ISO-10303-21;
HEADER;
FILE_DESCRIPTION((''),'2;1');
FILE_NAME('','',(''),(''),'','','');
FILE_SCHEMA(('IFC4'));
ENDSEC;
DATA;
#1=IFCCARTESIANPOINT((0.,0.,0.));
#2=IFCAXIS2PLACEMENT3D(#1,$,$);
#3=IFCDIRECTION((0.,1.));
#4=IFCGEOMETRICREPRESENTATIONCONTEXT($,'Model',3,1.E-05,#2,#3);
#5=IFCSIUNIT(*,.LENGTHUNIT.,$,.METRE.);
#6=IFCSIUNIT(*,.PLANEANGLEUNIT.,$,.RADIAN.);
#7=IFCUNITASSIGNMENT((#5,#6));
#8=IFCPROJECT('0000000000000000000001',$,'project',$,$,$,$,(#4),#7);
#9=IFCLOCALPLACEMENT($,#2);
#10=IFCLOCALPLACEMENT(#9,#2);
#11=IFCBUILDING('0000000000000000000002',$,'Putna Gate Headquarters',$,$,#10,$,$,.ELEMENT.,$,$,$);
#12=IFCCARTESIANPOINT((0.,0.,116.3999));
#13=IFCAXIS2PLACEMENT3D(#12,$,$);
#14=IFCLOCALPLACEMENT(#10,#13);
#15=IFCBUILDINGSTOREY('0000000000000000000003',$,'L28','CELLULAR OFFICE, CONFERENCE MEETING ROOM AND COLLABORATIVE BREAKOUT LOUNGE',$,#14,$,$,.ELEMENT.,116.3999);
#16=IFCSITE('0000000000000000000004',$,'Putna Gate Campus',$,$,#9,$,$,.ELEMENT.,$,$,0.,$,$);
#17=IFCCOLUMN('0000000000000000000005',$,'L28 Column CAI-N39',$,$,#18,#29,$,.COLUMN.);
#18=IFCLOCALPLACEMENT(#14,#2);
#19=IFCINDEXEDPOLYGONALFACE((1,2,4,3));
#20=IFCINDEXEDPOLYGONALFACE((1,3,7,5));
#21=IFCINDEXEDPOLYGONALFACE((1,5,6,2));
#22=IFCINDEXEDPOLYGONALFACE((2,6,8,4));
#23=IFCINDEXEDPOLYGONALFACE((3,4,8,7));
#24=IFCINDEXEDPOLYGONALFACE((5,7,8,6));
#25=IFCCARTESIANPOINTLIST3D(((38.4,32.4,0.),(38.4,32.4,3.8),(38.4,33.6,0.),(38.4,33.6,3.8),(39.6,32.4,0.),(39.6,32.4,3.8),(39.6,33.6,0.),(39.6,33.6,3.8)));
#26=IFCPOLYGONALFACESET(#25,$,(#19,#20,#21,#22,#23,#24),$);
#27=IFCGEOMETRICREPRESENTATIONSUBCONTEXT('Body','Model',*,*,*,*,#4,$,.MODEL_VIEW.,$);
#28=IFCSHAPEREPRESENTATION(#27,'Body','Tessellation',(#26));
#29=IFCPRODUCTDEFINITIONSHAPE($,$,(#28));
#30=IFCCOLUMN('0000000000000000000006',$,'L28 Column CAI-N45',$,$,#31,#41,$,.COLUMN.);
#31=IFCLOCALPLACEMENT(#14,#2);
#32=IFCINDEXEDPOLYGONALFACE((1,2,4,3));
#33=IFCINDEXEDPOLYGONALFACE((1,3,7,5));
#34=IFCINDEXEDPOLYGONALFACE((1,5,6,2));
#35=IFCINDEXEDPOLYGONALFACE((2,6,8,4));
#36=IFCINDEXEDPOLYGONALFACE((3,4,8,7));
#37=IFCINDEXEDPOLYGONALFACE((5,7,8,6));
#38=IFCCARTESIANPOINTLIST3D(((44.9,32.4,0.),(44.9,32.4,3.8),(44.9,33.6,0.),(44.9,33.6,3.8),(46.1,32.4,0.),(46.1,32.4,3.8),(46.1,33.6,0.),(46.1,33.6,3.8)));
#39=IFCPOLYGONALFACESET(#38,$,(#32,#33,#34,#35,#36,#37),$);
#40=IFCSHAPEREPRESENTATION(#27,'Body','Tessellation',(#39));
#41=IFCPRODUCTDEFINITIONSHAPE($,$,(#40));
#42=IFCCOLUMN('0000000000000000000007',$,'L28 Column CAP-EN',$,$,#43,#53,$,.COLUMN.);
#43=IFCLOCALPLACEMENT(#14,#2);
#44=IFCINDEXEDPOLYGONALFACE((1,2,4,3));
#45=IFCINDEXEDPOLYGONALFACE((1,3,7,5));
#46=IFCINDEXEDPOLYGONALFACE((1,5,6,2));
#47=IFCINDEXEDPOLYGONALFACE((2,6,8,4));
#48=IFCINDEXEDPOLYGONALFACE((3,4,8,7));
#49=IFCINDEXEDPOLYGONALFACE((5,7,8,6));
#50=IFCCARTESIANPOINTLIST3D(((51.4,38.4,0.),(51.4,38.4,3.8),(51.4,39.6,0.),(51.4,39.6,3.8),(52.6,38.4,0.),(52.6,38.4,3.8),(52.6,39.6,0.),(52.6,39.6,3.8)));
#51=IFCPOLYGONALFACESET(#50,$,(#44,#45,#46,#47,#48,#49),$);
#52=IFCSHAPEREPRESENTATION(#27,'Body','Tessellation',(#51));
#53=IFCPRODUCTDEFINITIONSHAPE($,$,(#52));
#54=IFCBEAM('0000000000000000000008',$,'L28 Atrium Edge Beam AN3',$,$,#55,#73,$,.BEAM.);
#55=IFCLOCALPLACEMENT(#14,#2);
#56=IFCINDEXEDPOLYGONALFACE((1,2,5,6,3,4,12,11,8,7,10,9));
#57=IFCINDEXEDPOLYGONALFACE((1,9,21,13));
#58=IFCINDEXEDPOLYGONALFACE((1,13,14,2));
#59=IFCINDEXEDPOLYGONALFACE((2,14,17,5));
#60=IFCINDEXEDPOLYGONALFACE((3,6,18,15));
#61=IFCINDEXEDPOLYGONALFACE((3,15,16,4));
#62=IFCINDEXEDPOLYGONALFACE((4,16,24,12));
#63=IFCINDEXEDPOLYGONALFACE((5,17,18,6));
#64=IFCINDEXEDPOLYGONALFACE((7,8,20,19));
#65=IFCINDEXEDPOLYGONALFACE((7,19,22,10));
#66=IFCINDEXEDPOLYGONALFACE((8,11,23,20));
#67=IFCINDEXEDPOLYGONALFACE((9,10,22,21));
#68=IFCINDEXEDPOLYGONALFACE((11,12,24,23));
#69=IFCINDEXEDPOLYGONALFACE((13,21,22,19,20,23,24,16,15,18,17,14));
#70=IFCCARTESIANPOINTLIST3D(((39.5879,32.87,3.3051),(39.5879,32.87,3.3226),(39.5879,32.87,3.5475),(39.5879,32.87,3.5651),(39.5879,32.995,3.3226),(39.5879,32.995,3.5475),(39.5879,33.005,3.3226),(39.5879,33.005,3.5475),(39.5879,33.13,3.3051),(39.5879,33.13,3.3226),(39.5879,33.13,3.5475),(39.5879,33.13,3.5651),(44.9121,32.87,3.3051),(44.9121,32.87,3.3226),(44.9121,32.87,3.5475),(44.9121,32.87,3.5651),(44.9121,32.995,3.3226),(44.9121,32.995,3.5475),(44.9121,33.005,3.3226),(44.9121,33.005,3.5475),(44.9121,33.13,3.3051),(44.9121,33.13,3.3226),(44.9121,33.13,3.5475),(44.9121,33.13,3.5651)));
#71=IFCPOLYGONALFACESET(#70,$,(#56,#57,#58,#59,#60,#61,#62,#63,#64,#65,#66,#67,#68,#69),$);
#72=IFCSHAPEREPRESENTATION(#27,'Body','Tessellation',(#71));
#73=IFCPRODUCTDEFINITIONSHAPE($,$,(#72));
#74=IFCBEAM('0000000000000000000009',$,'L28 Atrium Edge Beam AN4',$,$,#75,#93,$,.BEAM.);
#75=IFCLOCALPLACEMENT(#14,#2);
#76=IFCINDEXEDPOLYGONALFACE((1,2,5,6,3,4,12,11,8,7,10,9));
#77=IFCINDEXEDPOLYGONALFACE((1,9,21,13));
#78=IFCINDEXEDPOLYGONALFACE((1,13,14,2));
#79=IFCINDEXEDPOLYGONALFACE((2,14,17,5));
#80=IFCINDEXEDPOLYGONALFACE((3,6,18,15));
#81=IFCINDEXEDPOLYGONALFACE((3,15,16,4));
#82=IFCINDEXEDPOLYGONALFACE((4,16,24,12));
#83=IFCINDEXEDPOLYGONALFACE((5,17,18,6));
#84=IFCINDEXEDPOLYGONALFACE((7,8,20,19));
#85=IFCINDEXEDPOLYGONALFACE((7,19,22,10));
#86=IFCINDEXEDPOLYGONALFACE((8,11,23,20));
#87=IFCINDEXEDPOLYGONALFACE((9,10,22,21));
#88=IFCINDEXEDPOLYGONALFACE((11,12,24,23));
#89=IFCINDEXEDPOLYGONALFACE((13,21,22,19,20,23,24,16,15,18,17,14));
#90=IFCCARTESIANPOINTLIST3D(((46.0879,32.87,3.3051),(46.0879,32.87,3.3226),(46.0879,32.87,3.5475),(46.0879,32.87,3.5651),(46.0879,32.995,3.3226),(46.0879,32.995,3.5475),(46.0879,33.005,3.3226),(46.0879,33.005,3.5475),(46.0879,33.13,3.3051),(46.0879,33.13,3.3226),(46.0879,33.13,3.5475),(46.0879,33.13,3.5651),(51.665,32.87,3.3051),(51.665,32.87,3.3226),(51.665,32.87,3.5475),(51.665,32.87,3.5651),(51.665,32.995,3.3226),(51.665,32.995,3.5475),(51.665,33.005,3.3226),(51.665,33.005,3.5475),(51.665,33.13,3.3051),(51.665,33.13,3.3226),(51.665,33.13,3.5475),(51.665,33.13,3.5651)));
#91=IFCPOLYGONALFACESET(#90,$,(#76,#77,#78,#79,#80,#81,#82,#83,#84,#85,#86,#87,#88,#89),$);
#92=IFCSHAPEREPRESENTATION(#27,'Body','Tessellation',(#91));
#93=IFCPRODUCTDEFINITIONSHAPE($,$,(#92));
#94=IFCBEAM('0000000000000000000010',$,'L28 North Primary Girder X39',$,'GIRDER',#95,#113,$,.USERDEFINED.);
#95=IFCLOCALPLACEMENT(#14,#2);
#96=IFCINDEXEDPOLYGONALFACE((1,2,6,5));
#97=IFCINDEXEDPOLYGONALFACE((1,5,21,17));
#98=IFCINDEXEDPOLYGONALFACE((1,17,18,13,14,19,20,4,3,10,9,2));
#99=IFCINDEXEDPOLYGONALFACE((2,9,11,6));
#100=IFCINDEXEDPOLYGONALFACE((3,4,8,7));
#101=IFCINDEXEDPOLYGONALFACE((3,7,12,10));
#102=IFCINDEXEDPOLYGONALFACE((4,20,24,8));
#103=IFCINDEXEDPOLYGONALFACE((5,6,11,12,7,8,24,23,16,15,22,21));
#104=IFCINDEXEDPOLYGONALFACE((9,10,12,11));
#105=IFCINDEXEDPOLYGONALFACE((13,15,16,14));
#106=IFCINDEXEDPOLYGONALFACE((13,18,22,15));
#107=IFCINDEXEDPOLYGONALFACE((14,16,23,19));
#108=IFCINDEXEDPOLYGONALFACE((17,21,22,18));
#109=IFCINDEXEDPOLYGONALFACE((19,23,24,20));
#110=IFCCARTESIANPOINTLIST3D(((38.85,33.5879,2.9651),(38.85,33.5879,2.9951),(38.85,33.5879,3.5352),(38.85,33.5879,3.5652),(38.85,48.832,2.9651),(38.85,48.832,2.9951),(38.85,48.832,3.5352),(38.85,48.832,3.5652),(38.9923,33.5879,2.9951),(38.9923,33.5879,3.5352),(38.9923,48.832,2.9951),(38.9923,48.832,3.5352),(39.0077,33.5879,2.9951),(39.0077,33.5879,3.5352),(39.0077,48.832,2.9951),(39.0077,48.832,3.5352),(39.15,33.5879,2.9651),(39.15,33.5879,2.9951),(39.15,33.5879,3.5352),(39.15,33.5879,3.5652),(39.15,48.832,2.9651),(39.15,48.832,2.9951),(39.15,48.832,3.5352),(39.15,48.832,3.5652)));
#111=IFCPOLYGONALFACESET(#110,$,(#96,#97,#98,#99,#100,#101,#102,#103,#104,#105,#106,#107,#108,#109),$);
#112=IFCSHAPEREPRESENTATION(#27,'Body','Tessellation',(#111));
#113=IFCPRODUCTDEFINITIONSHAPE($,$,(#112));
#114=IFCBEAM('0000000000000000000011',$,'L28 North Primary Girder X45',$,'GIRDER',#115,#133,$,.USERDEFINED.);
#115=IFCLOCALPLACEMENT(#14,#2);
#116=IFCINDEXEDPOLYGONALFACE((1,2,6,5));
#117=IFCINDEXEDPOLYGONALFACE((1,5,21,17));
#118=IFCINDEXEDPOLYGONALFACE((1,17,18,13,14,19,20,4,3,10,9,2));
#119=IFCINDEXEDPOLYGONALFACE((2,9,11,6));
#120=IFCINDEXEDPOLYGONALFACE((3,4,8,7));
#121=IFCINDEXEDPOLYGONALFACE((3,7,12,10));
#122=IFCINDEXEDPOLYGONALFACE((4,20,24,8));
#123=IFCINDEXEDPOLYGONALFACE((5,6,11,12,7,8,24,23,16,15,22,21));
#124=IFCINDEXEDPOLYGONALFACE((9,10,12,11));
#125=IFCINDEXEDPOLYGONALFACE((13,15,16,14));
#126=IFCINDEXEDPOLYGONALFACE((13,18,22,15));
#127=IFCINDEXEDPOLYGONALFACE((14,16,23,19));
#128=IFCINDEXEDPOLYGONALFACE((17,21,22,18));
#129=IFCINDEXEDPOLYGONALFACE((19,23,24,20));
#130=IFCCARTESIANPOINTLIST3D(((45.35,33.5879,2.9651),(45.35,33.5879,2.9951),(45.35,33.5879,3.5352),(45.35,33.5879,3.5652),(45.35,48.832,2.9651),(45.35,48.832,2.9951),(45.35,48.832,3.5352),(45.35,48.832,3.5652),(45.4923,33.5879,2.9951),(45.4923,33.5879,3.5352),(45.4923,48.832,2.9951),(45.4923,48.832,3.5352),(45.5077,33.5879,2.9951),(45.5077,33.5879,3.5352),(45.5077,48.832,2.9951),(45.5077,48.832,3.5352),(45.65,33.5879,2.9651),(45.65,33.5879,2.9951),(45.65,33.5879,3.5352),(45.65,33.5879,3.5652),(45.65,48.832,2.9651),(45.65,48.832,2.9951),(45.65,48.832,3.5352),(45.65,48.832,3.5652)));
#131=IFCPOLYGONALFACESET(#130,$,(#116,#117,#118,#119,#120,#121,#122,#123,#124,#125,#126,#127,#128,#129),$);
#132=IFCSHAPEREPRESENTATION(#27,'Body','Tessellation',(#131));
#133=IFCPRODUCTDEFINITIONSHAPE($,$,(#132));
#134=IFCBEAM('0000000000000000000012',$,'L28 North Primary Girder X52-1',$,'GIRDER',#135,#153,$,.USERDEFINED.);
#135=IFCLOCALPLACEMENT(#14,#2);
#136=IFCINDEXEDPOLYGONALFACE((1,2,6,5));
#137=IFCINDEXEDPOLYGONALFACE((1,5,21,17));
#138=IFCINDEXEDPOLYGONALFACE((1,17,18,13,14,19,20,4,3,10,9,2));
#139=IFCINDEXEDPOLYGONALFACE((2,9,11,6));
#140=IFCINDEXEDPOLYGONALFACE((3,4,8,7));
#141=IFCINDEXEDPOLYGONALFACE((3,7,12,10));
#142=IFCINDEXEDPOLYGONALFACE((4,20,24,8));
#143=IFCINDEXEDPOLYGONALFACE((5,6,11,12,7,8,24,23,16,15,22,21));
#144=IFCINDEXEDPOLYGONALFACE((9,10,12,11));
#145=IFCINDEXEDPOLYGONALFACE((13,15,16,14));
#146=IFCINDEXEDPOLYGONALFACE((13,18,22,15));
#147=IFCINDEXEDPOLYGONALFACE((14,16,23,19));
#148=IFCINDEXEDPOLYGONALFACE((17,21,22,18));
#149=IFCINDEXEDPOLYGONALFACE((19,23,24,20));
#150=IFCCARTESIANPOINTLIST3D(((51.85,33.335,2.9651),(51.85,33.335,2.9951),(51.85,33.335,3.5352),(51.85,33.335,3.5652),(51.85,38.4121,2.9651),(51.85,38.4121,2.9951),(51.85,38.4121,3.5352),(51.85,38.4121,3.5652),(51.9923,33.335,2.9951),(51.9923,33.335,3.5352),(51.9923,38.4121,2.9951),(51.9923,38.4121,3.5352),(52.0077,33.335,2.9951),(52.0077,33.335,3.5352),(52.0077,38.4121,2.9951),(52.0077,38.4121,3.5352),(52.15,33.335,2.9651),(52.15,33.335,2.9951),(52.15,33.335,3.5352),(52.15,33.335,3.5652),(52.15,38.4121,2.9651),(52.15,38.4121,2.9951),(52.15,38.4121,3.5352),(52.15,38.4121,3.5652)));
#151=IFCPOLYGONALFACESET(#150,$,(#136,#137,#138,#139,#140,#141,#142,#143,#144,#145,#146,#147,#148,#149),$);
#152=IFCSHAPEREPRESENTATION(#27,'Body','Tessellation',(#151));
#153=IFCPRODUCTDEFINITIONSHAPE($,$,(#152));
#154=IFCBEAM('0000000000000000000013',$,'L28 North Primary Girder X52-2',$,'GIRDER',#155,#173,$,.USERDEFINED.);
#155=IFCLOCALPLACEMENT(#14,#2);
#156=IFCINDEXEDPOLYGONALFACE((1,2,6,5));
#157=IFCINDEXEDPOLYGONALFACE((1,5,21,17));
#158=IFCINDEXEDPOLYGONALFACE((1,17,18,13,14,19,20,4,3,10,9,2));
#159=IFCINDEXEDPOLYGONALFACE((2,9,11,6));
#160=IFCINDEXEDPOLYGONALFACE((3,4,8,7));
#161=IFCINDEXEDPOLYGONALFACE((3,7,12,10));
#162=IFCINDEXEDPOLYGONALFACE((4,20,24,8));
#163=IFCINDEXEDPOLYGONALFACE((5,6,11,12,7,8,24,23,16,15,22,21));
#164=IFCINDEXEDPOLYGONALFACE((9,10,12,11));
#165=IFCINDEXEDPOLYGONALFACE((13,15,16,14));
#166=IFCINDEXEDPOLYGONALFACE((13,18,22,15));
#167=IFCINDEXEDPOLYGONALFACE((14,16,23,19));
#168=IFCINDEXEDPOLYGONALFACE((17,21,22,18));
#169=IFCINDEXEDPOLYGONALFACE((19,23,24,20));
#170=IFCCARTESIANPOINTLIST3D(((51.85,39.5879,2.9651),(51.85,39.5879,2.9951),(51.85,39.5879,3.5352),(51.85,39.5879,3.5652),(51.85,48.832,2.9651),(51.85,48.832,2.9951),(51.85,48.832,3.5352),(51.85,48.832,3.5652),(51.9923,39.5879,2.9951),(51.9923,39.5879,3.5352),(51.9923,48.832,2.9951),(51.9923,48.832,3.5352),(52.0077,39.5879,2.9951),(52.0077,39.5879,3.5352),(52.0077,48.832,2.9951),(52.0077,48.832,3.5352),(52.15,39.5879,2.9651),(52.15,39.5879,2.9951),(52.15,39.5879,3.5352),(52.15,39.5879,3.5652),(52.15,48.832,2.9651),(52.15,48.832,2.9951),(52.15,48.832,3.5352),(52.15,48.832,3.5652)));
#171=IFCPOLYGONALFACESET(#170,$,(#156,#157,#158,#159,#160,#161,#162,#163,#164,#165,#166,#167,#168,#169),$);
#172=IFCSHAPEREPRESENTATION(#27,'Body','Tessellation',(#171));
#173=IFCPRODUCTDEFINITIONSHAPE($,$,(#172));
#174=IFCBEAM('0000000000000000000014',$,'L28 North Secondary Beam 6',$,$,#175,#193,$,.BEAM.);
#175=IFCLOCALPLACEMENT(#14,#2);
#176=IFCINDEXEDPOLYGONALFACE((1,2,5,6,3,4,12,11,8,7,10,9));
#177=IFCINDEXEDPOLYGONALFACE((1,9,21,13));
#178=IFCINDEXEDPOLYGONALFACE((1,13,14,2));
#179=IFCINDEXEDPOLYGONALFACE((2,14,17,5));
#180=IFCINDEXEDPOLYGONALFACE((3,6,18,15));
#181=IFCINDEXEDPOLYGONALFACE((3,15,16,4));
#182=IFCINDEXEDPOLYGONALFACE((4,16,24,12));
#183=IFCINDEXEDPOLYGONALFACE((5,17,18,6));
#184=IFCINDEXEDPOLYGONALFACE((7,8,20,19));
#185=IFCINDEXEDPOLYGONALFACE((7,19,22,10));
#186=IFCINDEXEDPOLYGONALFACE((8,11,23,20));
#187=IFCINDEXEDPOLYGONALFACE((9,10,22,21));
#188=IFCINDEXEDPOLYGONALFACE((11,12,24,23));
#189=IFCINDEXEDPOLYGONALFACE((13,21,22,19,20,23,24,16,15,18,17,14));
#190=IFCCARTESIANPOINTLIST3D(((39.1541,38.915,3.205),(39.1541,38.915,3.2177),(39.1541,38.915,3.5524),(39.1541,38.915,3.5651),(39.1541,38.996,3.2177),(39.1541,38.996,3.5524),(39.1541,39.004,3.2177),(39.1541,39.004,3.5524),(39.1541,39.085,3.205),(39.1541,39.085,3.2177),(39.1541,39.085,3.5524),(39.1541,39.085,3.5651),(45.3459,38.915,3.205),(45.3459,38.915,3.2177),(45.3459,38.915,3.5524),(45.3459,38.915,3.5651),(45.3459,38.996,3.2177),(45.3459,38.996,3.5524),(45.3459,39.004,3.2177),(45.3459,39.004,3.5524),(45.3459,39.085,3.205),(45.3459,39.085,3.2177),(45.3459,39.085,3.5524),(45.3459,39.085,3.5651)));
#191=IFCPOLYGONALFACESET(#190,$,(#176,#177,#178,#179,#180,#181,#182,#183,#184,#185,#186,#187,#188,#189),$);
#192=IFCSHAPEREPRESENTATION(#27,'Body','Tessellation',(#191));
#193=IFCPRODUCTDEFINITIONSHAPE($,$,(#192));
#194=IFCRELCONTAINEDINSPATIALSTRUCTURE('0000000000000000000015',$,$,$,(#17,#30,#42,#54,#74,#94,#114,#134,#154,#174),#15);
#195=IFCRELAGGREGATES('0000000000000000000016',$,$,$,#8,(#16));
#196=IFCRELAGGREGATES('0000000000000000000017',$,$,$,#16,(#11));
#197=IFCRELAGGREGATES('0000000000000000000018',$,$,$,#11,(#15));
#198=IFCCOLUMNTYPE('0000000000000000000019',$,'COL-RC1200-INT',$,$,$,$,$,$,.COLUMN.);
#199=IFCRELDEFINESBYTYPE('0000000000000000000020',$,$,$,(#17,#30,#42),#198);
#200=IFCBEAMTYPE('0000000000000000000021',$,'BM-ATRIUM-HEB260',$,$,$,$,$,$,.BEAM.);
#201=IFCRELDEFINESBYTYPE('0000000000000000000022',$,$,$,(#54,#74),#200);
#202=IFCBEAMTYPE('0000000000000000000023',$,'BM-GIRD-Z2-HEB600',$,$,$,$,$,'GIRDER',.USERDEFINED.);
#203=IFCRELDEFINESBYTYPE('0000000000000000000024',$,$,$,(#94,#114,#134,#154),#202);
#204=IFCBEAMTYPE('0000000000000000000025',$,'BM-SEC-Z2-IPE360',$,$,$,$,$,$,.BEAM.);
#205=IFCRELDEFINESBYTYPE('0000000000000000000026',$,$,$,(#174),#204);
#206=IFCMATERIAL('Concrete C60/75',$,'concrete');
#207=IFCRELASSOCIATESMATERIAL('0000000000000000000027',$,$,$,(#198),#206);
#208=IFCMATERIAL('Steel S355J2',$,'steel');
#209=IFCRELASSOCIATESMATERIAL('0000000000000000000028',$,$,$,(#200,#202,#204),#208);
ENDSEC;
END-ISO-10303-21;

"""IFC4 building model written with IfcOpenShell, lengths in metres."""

from ifc_helpers import new_model, si_unit, direction, frame, origin, origin_2d, place, context, subcontext, project, spatial, rectangle, i_section, extrude, material, material_profile, profile_set, type_object, element, save


model = new_model("IFC4")

# Units and contexts
model_context = context("Model", 3, precision=1e-05, world=origin(), true_north=direction((0.0, 1.0)))
body_context = subcontext(model_context, "Body", "Model", "MODEL_VIEW")
ifc_project = project(units=[si_unit("LENGTHUNIT", "METRE"), si_unit("PLANEANGLEUNIT", "RADIAN")], contexts=[model_context])

# Site, building, storey
site_placement = place(None, origin())
site = spatial("IfcSite", under=ifc_project, at=site_placement, Name="Putna Gate Campus", CompositionType="ELEMENT", RefElevation=0.0)
building_placement = place(site_placement, origin())
building = spatial("IfcBuilding", under=site, at=building_placement, Name="Putna Gate Headquarters", CompositionType="ELEMENT")
storey_placement = place(building_placement, frame((0.0, 0.0, 116.3999)))
storey = spatial("IfcBuildingStorey", under=building, at=storey_placement, Name="L28", Description="CELLULAR OFFICE, CONFERENCE MEETING ROOM AND COLLABORATIVE BREAKOUT LOUNGE", CompositionType="ELEMENT", Elevation=116.3999)

# Columns
ifc_material_1 = material(Name="Concrete C60/75", Category="concrete")
ifc_material_profile_1 = material_profile(ifc_material_1, rectangle(XDim=1.2, YDim=1.2, at=origin_2d()), Name="Concrete C60/75")
ifc_profile_set_1 = profile_set([ifc_material_profile_1], Name="Concrete C60/75")
column_type = type_object("IfcColumnType", Name="COL-RC1200-INT", PredefinedType="COLUMN", material=ifc_profile_set_1)
for number, where, z_axis, x_axis, name in (
    (1, (39.0, 33.0, 0.0), (0.0, 0.0, 1.0), (1.0, 0.0, 0.0), "L28 Column CAI-N39"),
    (2, (45.5, 33.0, 0.0), (0.0, 0.0, 1.0), (1.0, 0.0, 0.0), "L28 Column CAI-N45"),
    (3, (52.0, 39.0, 0.0), (0.0, 0.0, 1.0), (1.0, 0.0, 0.0), "L28 Column CAP-EN"),
):
    element("IfcColumn", number, at=place(storey_placement, frame(where, z_axis=z_axis, x_axis=x_axis)), inside=storey, type_object=column_type, Name=name, PredefinedType="COLUMN", context=body_context, shape_type="SweptSolid", body=[
        extrude(rectangle(XDim=1.2, YDim=1.2, at=origin_2d()), origin(), (0.0, 0.0, 1.0), 3.8),
    ])

# Beams
ifc_material_2 = material(Name="Steel S355J2", Category="steel")
ifc_material_profile_2 = material_profile(ifc_material_2, i_section(OverallWidth=0.26, OverallDepth=0.26, WebThickness=0.01, FlangeThickness=0.0176, at=origin_2d()), Name="Steel S355J2")
ifc_profile_set_2 = profile_set([ifc_material_profile_2], Name="Steel S355J2")
beam_type_1 = type_object("IfcBeamType", Name="BM-ATRIUM-HEB260", PredefinedType="BEAM", material=ifc_profile_set_2)
beam_1_placement = place(storey_placement, frame((39.5879, 33.0, 3.4351), z_axis=(1.0, 0.0, 0.0), x_axis=(0.0, 1.0, 0.0)))
element("IfcBeam", 4, at=beam_1_placement, inside=storey, type_object=beam_type_1, Name="L28 Atrium Edge Beam AN3", PredefinedType="BEAM", context=body_context, shape_type="SweptSolid", body=[
    extrude(i_section(OverallWidth=0.26, OverallDepth=0.26, WebThickness=0.01, FlangeThickness=0.0176, at=origin_2d()), origin(), (0.0, 0.0, 1.0), 5.3242),
])
beam_2_placement = place(storey_placement, frame((46.0879, 33.0, 3.4351), z_axis=(1.0, 0.0, 0.0), x_axis=(0.0, 1.0, 0.0)))
element("IfcBeam", 5, at=beam_2_placement, inside=storey, type_object=beam_type_1, Name="L28 Atrium Edge Beam AN4", PredefinedType="BEAM", context=body_context, shape_type="SweptSolid", body=[
    extrude(i_section(OverallWidth=0.26, OverallDepth=0.26, WebThickness=0.01, FlangeThickness=0.0176, at=origin_2d()), origin(), (0.0, 0.0, 1.0), 5.5771),
])
ifc_material_profile_3 = material_profile(ifc_material_2, i_section(OverallWidth=0.3, OverallDepth=0.6001, WebThickness=0.0154, FlangeThickness=0.03, at=origin_2d()), Name="Steel S355J2")
ifc_profile_set_3 = profile_set([ifc_material_profile_3], Name="Steel S355J2")
beam_type_2 = type_object("IfcBeamType", Name="BM-GIRD-Z2-HEB600", ElementType="GIRDER", PredefinedType="USERDEFINED", material=ifc_profile_set_3)
for number, where, z_axis, x_axis, name in (
    (6, (39.0, 33.5879, 3.2651), (0.0, 1.0, 0.0), (-1.0, 0.0, 0.0), "L28 North Primary Girder X39"),
    (7, (45.5, 33.5879, 3.2651), (0.0, 1.0, 0.0), (-1.0, 0.0, 0.0), "L28 North Primary Girder X45"),
):
    element("IfcBeam", number, at=place(storey_placement, frame(where, z_axis=z_axis, x_axis=x_axis)), inside=storey, type_object=beam_type_2, Name=name, ObjectType="GIRDER", PredefinedType="USERDEFINED", context=body_context, shape_type="SweptSolid", body=[
        extrude(i_section(OverallWidth=0.3, OverallDepth=0.6001, WebThickness=0.0154, FlangeThickness=0.03, at=origin_2d()), origin(), (0.0, 0.0, 1.0), 15.2441),
    ])
beam_3_placement = place(storey_placement, frame((52.0, 33.335, 3.2651), z_axis=(0.0, 1.0, 0.0), x_axis=(-1.0, 0.0, 0.0)))
element("IfcBeam", 8, at=beam_3_placement, inside=storey, type_object=beam_type_2, Name="L28 North Primary Girder X52-1", ObjectType="GIRDER", PredefinedType="USERDEFINED", context=body_context, shape_type="SweptSolid", body=[
    extrude(i_section(OverallWidth=0.3, OverallDepth=0.6001, WebThickness=0.0154, FlangeThickness=0.03, at=origin_2d()), origin(), (0.0, 0.0, 1.0), 5.0771),
])
beam_4_placement = place(storey_placement, frame((52.0, 39.5879, 3.2651), z_axis=(0.0, 1.0, 0.0), x_axis=(-1.0, 0.0, 0.0)))
element("IfcBeam", 9, at=beam_4_placement, inside=storey, type_object=beam_type_2, Name="L28 North Primary Girder X52-2", ObjectType="GIRDER", PredefinedType="USERDEFINED", context=body_context, shape_type="SweptSolid", body=[
    extrude(i_section(OverallWidth=0.3, OverallDepth=0.6001, WebThickness=0.0154, FlangeThickness=0.03, at=origin_2d()), origin(), (0.0, 0.0, 1.0), 9.2441),
])
ifc_material_profile_4 = material_profile(ifc_material_2, i_section(OverallWidth=0.1699, OverallDepth=0.3601, WebThickness=0.0081, FlangeThickness=0.0127, at=origin_2d()), Name="Steel S355J2")
ifc_profile_set_4 = profile_set([ifc_material_profile_4], Name="Steel S355J2")
beam_type_3 = type_object("IfcBeamType", Name="BM-SEC-Z2-IPE360", PredefinedType="BEAM", material=ifc_profile_set_4)
beam_5_placement = place(storey_placement, frame((39.1541, 39.0, 3.385), z_axis=(1.0, 0.0, 0.0), x_axis=(0.0, 1.0, 0.0)))
element("IfcBeam", 10, at=beam_5_placement, inside=storey, type_object=beam_type_3, Name="L28 North Secondary Beam 6", PredefinedType="BEAM", context=body_context, shape_type="SweptSolid", body=[
    extrude(i_section(OverallWidth=0.1699, OverallDepth=0.3601, WebThickness=0.0081, FlangeThickness=0.0127, at=origin_2d()), origin(), (0.0, 0.0, 1.0), 6.1919),
])

save(model, "model.ifc")
